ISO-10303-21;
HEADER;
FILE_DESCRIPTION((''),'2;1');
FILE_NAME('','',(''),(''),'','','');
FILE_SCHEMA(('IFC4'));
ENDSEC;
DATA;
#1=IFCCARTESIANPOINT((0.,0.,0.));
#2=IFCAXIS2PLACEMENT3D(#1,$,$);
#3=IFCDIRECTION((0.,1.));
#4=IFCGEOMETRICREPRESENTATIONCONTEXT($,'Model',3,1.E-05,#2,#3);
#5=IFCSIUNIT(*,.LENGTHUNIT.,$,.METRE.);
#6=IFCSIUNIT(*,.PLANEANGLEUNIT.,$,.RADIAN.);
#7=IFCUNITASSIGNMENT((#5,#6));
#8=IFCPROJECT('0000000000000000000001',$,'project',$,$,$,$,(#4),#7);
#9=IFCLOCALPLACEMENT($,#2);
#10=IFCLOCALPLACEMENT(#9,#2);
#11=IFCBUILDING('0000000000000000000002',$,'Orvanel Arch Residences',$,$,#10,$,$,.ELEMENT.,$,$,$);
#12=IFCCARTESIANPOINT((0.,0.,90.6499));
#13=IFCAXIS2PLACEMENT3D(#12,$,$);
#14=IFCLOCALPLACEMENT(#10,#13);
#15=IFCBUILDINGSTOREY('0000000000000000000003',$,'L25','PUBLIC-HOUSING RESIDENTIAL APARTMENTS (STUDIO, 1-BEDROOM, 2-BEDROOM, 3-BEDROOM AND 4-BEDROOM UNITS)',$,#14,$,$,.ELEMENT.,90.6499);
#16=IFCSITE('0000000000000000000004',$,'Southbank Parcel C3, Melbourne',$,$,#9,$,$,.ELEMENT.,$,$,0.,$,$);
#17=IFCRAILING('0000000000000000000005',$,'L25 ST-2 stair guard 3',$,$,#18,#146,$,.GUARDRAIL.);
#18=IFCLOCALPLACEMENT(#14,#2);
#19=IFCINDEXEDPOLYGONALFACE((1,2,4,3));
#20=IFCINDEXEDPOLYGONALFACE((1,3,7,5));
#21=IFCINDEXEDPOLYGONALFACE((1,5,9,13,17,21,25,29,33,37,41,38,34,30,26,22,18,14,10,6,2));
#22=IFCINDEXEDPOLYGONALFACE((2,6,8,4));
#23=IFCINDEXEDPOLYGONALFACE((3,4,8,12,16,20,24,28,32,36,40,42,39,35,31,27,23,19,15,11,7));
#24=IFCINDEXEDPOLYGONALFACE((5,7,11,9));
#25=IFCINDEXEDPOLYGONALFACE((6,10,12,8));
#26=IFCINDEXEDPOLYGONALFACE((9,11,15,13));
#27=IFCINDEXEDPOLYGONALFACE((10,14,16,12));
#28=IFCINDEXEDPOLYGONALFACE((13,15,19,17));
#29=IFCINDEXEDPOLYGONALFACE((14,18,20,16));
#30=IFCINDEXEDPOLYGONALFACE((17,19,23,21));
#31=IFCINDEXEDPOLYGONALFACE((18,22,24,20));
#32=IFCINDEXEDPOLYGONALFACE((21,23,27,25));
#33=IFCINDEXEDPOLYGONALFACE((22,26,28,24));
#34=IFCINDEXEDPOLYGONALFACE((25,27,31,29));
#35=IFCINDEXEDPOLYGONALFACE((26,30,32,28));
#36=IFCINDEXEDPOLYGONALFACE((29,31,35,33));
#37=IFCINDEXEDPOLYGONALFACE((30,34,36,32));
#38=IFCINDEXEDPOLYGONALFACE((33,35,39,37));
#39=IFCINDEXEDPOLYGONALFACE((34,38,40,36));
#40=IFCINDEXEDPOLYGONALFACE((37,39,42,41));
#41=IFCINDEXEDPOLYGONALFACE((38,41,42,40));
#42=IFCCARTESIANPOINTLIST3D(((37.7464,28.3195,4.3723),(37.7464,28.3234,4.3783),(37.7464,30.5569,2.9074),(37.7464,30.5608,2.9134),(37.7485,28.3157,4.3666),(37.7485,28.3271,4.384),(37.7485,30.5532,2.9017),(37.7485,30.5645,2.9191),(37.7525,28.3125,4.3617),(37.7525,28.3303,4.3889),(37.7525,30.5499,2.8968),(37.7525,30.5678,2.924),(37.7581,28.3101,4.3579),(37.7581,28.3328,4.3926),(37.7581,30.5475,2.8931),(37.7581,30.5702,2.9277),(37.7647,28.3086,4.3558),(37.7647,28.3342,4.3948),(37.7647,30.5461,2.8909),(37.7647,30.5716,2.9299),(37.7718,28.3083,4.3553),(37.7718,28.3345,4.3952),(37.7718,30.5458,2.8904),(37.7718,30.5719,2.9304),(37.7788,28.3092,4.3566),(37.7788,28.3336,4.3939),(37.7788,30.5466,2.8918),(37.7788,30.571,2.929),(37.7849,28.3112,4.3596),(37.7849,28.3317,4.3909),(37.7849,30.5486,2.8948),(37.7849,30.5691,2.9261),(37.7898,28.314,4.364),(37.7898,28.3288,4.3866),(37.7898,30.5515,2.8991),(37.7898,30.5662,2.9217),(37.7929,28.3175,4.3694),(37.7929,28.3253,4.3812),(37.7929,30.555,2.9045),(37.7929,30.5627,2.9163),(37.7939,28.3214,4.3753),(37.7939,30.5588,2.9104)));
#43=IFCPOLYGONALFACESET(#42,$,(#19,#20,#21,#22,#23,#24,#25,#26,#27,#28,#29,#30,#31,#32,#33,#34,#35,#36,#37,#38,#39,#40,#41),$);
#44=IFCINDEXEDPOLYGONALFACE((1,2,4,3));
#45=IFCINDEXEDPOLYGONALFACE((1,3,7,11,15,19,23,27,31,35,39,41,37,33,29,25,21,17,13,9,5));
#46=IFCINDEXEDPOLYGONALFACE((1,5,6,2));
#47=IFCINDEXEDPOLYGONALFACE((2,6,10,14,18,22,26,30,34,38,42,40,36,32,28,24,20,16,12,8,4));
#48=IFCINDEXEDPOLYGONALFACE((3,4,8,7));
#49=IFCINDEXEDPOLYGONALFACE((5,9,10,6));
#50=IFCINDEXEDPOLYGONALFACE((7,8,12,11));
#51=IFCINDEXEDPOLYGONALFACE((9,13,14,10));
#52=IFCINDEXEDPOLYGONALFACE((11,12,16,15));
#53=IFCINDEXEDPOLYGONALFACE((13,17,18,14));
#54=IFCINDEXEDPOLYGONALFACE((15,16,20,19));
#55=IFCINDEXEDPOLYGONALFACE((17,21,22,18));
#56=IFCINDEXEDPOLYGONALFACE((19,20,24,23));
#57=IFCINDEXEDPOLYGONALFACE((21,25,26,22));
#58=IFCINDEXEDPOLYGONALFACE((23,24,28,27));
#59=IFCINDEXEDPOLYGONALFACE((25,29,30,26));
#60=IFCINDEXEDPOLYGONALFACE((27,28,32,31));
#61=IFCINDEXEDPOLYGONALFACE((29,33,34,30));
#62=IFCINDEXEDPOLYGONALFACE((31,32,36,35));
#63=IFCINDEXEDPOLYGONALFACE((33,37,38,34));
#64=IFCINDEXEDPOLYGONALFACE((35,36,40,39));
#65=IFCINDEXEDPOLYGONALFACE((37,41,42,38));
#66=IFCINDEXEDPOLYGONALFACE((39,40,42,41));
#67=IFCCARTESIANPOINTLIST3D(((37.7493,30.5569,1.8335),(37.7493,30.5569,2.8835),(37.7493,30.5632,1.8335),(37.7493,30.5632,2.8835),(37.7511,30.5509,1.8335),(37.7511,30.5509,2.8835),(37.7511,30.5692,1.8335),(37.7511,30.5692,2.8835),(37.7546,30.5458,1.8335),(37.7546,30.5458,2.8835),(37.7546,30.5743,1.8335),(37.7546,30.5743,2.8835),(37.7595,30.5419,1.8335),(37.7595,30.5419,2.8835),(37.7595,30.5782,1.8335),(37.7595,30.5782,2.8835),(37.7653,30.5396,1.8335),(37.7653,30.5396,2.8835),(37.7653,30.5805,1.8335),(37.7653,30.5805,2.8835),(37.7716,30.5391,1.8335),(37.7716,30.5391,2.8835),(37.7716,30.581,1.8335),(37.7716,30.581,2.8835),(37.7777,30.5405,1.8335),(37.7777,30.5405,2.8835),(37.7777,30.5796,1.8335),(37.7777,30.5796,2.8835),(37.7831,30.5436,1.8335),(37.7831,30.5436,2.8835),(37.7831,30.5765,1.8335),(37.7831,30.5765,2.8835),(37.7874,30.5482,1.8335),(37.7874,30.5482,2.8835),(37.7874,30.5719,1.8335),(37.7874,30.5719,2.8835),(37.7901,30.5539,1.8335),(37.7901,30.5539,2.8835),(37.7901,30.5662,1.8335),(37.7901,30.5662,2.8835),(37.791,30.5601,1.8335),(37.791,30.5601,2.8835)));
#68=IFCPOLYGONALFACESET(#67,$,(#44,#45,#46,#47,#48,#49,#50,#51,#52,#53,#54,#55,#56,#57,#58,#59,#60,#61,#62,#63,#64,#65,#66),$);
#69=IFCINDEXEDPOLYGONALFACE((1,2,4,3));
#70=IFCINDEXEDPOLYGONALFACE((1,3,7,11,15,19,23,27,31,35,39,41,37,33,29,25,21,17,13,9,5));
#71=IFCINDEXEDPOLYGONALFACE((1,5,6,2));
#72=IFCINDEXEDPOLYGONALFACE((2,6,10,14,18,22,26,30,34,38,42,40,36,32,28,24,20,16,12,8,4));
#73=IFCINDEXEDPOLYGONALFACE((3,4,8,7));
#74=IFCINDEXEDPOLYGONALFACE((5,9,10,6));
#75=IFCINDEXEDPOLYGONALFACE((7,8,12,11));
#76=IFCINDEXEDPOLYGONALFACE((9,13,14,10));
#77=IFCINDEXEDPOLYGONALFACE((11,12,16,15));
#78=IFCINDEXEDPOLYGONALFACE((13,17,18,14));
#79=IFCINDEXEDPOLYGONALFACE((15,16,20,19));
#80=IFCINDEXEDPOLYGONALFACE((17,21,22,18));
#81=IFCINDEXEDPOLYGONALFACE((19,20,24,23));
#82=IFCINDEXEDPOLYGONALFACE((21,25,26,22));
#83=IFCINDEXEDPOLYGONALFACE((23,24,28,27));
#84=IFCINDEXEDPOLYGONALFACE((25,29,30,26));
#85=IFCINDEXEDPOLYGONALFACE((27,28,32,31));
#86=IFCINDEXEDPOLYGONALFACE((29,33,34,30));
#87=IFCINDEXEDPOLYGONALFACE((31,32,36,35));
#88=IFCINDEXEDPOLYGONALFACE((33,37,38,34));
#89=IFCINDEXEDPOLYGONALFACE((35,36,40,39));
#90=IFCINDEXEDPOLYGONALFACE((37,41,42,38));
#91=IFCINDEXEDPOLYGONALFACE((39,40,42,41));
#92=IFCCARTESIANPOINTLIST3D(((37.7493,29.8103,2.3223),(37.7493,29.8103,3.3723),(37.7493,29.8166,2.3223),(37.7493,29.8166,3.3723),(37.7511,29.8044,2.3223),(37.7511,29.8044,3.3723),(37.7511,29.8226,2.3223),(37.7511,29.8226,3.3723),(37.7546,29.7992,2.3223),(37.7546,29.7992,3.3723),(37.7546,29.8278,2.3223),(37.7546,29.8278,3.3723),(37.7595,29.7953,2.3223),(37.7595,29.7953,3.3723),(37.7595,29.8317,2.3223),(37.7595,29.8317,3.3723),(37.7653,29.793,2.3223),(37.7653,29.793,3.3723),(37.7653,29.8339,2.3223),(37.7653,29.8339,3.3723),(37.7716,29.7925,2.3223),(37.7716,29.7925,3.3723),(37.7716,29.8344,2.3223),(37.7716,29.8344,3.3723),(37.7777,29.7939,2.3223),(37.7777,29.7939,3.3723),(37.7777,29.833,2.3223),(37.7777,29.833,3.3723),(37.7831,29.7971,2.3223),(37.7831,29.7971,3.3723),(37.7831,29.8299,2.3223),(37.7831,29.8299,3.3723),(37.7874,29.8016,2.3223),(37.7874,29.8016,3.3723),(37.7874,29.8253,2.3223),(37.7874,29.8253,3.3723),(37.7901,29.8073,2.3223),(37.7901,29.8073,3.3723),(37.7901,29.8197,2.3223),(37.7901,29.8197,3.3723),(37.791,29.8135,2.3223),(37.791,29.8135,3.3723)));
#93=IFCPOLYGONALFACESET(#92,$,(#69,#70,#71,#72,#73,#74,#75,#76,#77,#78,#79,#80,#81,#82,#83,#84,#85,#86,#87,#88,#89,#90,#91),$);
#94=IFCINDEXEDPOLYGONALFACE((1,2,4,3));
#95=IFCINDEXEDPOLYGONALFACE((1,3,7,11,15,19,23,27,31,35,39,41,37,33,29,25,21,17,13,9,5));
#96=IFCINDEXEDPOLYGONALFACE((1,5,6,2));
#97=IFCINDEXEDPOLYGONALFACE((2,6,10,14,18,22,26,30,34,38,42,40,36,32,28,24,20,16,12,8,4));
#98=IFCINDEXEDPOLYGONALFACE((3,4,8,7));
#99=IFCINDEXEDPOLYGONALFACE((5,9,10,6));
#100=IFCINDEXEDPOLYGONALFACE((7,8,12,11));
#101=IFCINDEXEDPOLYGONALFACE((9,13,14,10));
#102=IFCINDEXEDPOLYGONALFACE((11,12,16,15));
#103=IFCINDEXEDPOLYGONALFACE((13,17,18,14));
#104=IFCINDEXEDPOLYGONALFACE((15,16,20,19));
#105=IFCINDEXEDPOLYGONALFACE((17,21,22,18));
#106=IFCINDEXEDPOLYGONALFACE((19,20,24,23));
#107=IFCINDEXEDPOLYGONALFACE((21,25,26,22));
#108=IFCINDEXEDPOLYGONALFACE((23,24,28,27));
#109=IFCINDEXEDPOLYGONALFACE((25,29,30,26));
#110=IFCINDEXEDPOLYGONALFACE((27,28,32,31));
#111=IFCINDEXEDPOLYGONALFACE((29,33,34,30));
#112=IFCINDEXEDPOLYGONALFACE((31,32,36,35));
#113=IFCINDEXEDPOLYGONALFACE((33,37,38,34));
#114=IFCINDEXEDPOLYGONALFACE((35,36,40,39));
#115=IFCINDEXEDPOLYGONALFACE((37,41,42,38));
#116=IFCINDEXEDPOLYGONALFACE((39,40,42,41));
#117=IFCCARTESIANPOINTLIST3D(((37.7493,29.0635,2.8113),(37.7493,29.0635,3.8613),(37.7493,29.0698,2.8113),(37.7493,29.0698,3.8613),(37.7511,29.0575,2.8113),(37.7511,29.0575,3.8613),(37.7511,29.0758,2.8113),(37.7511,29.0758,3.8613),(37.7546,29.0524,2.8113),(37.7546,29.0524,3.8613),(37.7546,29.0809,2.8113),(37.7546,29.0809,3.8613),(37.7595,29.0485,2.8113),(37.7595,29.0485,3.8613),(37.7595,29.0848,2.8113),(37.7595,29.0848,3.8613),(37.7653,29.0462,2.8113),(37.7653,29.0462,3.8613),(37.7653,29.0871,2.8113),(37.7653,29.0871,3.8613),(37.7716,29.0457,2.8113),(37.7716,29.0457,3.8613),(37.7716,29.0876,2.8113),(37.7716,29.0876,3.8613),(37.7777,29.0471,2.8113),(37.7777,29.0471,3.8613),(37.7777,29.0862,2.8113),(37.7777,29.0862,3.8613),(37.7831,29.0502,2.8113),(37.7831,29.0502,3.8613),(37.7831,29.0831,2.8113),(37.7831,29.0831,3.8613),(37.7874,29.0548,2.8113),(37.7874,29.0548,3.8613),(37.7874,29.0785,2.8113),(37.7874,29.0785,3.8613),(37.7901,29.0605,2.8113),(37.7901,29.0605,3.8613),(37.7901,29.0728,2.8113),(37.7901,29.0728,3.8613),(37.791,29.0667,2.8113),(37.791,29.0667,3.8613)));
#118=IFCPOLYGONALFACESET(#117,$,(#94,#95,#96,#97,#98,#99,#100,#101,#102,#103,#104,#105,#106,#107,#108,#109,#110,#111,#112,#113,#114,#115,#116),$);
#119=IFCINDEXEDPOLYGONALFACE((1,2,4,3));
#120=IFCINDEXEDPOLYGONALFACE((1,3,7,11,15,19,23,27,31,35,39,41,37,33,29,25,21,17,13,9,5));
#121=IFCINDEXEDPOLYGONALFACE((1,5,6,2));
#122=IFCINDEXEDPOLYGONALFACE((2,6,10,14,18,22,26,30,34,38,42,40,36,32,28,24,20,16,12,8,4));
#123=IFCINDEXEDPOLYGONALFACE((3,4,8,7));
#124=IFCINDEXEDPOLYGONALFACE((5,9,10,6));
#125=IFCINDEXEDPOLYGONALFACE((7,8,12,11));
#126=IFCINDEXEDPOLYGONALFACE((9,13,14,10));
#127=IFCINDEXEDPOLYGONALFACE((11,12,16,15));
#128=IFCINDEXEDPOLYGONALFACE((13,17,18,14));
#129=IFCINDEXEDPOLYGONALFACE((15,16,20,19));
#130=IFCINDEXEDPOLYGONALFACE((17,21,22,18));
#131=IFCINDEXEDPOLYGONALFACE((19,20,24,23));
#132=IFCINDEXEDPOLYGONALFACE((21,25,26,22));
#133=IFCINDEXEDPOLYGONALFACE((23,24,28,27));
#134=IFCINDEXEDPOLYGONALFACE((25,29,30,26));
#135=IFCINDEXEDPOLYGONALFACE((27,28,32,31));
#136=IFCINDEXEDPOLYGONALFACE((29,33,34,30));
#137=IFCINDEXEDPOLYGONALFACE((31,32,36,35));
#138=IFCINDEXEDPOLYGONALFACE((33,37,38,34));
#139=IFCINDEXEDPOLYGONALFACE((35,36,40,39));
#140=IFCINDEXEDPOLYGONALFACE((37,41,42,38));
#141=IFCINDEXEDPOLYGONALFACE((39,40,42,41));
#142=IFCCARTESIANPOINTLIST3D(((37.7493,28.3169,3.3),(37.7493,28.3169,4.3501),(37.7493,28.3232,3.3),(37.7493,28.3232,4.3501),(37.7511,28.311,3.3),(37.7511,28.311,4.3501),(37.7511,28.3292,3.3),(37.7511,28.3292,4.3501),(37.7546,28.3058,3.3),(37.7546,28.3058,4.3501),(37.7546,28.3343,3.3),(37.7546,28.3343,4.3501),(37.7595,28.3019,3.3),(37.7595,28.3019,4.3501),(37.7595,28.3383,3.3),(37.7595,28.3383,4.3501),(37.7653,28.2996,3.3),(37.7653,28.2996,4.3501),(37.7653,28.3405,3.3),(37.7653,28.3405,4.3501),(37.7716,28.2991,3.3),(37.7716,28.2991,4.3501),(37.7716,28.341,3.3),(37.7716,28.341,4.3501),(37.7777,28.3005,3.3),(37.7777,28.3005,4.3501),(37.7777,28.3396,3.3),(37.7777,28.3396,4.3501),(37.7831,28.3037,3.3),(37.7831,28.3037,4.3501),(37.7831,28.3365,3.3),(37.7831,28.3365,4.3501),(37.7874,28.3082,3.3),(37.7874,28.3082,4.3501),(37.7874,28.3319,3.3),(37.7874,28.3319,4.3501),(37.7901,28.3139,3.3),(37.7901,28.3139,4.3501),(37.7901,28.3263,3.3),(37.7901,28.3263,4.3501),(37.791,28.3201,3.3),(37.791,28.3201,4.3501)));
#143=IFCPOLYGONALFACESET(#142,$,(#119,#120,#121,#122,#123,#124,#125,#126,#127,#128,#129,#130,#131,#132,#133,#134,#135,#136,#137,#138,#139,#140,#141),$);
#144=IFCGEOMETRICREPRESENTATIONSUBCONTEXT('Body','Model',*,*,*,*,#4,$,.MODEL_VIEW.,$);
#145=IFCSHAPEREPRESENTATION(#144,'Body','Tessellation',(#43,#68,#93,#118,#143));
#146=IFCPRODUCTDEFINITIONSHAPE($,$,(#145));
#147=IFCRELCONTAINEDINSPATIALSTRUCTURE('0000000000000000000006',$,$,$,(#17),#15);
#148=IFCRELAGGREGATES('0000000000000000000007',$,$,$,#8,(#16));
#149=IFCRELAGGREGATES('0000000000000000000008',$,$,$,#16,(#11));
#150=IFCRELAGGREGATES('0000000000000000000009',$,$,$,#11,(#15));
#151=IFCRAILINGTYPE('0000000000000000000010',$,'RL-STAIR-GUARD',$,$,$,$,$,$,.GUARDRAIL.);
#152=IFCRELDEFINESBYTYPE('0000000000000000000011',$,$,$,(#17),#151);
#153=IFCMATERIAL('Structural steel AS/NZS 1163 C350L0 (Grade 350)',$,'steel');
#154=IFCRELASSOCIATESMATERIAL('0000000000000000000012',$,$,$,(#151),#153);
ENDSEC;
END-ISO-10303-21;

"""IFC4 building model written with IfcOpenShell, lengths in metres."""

from ifc_helpers import new_model, si_unit, direction, frame, origin, origin_2d, place, context, subcontext, project, spatial, circle, extrude, material, type_object, element, save


model = new_model("IFC4")

# Units and contexts
model_context = context("Model", 3, precision=1e-05, world=origin(), true_north=direction((0.0, 1.0)))
body_context = subcontext(model_context, "Body", "Model", "MODEL_VIEW")
ifc_project = project(units=[si_unit("LENGTHUNIT", "METRE"), si_unit("PLANEANGLEUNIT", "RADIAN")], contexts=[model_context])

# Site, building, storey
site_placement = place(None, origin())
site = spatial("IfcSite", under=ifc_project, at=site_placement, Name="Southbank Parcel C3, Melbourne", CompositionType="ELEMENT", RefElevation=0.0)
building_placement = place(site_placement, origin())
building = spatial("IfcBuilding", under=site, at=building_placement, Name="Orvanel Arch Residences", CompositionType="ELEMENT")
storey_placement = place(building_placement, frame((0.0, 0.0, 90.6499)))
storey = spatial("IfcBuildingStorey", under=building, at=storey_placement, Name="L25", Description="PUBLIC-HOUSING RESIDENTIAL APARTMENTS (STUDIO, 1-BEDROOM, 2-BEDROOM, 3-BEDROOM AND 4-BEDROOM UNITS)", CompositionType="ELEMENT", Elevation=90.6499)

# Railing
ifc_material_1 = material(Name="Structural steel AS/NZS 1163 C350L0 (Grade 350)", Category="steel")
railing_type_1 = type_object("IfcRailingType", Name="RL-STAIR-GUARD", PredefinedType="GUARDRAIL", material=ifc_material_1)
railing_1_placement = place(storey_placement, frame((37.77, 30.5601, 1.8335)))
element("IfcRailing", 1, at=railing_1_placement, inside=storey, type_object=railing_type_1, Name="L25 ST-2 stair guard 3", PredefinedType="GUARDRAIL", context=body_context, shape_type="SweptSolid", body=[
    extrude(circle(Radius=0.0239, at=origin_2d()), frame((0.0, -0.0012, 1.0769), z_axis=(0.0, -0.836637, 0.547758), x_axis=(1.0, 0.0, 0.0)), (0.0, 0.0, 1.0), 2.6743),
    extrude(circle(Radius=0.021, at=origin_2d()), origin(), (0.0, 0.0, 1.0), 1.05),
    extrude(circle(Radius=0.021, at=origin_2d()), frame((0.0, -0.7466, 0.4888)), (0.0, 0.0, 1.0), 1.05),
    extrude(circle(Radius=0.021, at=origin_2d()), frame((0.0, -1.4934, 0.9778)), (0.0, 0.0, 1.0), 1.05),
    extrude(circle(Radius=0.021, at=origin_2d()), frame((0.0, -2.24, 1.4666)), (0.0, 0.0, 1.0), 1.05),
])

save(model, "model.ifc")
